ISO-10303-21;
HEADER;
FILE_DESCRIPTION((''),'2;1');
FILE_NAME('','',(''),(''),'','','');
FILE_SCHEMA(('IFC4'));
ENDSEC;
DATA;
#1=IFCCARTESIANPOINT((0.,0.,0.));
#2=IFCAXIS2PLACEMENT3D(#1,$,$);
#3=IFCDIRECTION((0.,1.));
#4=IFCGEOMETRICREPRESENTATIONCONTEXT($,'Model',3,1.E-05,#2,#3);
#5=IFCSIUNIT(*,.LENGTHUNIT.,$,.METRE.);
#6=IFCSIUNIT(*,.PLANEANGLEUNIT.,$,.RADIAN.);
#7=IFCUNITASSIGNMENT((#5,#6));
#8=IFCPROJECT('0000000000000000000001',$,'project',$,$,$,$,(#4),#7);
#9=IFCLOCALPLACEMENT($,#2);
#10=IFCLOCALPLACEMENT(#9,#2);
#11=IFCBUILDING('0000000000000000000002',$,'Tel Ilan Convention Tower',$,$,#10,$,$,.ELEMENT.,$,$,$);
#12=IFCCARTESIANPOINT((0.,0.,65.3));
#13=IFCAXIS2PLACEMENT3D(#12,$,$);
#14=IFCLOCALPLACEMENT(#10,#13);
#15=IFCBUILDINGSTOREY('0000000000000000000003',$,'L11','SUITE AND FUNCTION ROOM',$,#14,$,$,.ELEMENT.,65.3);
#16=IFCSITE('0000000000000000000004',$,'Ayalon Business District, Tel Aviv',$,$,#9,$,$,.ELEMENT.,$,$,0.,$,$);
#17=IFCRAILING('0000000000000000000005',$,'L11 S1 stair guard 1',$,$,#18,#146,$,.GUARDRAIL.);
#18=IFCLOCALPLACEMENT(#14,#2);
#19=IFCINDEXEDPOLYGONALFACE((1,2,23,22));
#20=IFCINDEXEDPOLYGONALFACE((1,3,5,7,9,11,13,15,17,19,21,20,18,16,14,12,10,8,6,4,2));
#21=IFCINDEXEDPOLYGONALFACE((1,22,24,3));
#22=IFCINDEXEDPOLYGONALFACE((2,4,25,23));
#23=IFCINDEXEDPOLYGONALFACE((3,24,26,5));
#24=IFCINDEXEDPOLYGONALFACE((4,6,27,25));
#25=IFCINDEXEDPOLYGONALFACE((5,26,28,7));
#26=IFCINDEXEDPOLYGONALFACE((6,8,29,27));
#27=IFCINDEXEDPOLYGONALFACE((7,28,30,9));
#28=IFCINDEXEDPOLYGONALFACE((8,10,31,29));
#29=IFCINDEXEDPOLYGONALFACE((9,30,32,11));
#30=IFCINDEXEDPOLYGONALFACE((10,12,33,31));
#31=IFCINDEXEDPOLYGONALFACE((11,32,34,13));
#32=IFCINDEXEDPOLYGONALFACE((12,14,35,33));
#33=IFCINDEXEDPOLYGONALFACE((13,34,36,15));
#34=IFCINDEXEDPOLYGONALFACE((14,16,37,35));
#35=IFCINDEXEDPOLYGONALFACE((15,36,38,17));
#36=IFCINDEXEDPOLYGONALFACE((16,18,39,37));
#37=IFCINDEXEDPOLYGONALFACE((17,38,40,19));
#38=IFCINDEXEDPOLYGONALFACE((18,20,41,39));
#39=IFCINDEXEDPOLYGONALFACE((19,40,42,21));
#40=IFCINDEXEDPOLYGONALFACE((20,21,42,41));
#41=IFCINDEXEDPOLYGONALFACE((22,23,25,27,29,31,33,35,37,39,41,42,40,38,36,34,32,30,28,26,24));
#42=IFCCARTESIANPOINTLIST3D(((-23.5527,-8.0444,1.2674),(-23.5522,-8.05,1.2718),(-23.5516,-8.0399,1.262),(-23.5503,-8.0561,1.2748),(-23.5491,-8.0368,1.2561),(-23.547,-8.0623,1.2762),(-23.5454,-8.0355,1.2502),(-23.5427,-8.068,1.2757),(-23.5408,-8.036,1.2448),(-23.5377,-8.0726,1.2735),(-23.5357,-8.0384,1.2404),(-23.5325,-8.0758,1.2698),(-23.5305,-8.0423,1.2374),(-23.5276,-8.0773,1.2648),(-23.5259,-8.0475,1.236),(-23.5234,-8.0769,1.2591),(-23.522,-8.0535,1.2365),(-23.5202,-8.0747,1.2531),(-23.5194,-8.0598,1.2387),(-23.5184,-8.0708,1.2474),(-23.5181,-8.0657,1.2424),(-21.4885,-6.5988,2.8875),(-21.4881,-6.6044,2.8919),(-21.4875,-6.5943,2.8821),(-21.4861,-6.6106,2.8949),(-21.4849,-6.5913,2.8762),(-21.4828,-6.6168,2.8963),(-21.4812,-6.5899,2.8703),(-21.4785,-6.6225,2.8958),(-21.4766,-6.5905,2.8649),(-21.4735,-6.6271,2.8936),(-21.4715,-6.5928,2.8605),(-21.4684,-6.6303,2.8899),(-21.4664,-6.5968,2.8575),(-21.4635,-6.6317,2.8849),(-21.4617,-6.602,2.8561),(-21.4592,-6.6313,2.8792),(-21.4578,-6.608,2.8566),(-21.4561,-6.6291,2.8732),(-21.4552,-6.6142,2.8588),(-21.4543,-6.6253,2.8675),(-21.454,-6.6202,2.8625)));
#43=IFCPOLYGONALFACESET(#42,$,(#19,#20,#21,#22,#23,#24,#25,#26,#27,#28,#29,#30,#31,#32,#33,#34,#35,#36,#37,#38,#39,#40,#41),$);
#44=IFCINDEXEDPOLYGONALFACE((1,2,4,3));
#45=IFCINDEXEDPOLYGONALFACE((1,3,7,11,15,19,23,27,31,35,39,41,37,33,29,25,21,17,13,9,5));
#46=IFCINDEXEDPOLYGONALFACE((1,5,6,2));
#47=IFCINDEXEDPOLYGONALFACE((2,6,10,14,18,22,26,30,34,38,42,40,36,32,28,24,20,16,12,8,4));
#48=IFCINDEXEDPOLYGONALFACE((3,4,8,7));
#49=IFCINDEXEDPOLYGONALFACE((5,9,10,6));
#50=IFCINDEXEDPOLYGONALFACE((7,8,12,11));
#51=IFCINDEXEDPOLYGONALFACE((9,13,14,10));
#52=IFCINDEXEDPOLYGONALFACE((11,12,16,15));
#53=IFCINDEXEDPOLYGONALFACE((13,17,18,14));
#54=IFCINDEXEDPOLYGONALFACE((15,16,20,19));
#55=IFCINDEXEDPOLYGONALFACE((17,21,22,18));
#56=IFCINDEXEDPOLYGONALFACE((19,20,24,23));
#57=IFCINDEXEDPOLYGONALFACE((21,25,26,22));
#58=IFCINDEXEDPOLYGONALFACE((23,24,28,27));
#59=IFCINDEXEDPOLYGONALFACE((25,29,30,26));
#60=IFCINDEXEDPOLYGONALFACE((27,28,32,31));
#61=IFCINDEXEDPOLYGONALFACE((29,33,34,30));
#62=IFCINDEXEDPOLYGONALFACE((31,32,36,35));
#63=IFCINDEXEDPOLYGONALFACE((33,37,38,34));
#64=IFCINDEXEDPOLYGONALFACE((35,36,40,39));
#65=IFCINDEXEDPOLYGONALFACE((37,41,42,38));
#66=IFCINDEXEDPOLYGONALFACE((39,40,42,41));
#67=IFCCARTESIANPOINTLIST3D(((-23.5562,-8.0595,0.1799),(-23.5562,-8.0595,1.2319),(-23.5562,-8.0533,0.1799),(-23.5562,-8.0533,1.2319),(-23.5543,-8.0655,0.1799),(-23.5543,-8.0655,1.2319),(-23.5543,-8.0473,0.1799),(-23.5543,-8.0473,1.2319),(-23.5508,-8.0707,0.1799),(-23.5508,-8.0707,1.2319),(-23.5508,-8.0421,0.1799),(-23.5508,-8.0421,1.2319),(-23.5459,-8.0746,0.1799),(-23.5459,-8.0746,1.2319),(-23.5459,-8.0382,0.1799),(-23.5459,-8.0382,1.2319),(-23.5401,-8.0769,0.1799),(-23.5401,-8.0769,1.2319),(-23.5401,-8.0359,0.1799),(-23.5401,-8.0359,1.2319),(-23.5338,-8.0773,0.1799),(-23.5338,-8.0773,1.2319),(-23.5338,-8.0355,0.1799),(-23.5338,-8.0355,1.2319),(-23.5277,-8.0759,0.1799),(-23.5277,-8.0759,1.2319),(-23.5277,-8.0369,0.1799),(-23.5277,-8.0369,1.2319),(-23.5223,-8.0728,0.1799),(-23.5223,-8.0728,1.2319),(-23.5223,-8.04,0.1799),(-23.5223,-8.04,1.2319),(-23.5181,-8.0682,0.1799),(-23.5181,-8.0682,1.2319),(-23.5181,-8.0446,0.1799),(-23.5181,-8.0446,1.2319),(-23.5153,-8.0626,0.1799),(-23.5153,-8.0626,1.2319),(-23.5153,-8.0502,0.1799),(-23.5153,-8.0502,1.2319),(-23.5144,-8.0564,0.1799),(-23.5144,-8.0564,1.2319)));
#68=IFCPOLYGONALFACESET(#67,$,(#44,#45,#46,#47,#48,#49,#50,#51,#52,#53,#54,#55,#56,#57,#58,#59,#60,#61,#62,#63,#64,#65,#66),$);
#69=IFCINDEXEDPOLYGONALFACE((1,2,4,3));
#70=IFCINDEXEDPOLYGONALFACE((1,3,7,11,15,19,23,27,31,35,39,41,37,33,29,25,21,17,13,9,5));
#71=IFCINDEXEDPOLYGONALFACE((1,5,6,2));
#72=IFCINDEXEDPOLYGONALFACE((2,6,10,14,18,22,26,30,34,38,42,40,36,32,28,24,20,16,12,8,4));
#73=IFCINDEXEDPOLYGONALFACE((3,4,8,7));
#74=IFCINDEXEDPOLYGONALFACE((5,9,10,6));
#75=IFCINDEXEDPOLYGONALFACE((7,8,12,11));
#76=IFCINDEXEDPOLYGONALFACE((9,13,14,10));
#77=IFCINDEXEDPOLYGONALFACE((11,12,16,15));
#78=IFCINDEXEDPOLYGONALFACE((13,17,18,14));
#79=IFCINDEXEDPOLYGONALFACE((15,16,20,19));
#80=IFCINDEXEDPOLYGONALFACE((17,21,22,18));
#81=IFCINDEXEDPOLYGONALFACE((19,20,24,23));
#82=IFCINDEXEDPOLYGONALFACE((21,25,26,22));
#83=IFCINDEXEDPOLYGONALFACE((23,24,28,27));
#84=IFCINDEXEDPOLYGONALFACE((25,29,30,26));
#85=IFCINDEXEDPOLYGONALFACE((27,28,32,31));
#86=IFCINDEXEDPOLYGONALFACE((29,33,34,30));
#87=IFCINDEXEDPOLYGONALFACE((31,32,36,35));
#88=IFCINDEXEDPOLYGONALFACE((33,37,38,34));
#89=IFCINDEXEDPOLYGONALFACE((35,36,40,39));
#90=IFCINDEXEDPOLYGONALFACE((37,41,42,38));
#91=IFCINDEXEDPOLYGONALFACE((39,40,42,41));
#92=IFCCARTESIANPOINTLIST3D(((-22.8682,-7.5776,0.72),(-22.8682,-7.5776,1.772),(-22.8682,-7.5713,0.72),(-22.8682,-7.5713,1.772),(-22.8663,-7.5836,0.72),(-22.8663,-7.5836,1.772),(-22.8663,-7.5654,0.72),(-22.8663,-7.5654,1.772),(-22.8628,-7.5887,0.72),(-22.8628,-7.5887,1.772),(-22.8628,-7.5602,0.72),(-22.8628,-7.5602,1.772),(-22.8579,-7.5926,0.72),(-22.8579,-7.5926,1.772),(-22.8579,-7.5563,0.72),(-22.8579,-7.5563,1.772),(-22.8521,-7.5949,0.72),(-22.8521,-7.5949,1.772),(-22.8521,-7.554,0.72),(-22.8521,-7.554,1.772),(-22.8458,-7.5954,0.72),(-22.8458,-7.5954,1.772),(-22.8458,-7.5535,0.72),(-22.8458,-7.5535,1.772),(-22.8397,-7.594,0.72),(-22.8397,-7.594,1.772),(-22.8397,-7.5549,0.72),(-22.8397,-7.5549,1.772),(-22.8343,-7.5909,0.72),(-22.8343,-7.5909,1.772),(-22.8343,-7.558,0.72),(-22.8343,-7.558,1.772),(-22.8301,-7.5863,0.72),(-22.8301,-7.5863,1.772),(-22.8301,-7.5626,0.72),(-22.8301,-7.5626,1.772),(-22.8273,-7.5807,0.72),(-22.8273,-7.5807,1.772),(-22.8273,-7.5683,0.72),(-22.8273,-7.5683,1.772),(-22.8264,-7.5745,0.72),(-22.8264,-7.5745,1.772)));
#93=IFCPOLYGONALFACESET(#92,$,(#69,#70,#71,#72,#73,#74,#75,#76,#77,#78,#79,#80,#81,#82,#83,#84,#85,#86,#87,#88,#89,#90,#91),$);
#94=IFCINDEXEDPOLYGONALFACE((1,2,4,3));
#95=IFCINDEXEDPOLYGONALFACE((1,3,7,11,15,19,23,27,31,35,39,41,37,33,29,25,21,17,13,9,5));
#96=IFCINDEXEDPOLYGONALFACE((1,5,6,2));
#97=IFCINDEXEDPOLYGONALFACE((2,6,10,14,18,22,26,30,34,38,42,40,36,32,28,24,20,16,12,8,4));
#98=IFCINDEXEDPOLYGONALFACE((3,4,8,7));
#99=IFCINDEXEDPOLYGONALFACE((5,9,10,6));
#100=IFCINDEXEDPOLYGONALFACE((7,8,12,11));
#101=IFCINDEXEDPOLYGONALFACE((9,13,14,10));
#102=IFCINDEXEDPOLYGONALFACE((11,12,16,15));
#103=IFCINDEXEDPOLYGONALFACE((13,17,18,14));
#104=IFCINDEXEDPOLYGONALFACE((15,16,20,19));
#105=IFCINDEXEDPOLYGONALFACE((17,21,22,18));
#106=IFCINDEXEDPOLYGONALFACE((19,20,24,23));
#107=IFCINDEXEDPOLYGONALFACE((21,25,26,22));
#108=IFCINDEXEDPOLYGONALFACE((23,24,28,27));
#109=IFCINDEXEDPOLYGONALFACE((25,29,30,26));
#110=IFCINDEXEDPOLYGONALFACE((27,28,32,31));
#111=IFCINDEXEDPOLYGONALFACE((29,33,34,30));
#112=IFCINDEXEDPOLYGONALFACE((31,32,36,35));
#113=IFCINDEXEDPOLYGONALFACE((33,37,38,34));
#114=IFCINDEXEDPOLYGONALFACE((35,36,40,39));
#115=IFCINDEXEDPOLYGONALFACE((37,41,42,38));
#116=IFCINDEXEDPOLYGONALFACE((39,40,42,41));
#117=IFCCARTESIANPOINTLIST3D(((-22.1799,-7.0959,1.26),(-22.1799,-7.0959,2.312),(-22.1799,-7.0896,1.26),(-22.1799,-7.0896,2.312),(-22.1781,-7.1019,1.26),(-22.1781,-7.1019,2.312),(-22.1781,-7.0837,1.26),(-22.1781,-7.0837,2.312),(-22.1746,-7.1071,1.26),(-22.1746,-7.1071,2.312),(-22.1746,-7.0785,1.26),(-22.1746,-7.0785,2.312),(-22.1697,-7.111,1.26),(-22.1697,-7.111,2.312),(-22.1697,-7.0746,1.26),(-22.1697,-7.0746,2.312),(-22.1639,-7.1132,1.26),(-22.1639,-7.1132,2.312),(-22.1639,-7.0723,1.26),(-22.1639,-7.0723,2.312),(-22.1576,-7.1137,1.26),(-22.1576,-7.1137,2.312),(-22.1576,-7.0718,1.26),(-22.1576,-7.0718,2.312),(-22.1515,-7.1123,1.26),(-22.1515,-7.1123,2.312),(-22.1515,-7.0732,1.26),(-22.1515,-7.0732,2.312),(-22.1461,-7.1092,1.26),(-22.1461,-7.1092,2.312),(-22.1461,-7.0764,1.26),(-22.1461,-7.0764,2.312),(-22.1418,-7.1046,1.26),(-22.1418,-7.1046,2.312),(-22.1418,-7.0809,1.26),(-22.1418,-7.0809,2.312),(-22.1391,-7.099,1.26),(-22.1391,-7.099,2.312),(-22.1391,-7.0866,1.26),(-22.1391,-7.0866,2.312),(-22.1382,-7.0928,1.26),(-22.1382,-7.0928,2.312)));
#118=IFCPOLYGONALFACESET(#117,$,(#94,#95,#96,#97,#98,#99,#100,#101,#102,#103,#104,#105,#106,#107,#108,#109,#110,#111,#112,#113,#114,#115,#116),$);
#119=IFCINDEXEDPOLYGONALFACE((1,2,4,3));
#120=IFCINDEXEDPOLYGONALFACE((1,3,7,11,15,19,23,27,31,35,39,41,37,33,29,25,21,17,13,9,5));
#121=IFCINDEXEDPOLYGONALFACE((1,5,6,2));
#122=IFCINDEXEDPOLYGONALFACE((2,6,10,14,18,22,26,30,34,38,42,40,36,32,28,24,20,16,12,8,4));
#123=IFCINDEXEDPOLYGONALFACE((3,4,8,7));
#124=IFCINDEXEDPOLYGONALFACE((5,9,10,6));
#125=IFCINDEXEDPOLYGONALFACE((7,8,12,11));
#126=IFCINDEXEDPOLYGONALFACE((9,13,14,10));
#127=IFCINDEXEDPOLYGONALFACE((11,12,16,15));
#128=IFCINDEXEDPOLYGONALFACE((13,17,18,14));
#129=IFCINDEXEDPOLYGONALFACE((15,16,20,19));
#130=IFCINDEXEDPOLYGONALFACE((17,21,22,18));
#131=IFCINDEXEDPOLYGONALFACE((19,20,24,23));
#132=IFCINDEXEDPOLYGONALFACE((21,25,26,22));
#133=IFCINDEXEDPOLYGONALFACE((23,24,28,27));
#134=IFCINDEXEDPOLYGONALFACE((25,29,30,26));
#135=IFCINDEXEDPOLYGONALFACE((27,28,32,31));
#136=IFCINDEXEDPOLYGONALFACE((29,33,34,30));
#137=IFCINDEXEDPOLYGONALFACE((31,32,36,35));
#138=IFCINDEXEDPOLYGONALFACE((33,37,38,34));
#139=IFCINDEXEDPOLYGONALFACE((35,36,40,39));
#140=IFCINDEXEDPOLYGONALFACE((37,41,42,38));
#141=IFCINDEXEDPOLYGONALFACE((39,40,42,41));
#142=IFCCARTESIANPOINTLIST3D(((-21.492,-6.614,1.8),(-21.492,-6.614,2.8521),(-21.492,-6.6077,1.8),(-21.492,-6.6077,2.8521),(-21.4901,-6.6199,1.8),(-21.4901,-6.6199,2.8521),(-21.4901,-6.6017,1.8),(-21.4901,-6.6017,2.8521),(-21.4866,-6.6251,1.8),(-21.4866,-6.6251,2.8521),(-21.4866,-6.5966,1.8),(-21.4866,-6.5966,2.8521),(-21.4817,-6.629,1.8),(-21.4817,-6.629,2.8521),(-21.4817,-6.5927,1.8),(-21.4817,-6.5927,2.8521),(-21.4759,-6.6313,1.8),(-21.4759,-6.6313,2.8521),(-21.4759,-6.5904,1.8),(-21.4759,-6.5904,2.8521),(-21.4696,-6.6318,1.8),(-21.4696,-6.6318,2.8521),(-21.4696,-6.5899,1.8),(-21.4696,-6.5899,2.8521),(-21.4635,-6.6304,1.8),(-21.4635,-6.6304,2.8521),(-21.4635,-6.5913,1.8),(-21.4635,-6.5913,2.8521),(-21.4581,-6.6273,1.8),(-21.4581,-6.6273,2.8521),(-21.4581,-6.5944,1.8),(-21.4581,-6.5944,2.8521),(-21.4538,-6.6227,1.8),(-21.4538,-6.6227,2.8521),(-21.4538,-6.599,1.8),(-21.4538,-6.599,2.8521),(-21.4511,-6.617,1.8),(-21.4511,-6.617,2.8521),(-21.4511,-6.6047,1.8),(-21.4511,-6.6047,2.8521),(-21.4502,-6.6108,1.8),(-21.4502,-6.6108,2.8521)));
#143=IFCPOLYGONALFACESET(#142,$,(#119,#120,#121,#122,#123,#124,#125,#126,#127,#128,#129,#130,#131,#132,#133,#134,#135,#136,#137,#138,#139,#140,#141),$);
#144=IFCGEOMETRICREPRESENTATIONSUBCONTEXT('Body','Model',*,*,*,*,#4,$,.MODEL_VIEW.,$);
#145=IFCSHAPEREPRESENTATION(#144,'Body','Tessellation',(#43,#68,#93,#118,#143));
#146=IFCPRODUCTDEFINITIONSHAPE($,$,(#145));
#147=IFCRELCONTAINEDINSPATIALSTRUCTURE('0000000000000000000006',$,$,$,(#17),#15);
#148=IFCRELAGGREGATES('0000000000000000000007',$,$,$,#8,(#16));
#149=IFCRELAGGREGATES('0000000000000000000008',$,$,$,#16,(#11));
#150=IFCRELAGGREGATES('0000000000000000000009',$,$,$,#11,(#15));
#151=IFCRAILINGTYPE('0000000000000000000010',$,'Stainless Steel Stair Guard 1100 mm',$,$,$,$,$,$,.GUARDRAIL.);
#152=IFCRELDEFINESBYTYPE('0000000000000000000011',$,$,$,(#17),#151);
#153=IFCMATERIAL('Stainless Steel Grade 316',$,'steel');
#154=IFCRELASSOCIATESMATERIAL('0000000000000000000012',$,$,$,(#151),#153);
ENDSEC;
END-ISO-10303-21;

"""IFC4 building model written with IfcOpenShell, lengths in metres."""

from ifc_helpers import new_model, si_unit, direction, frame, origin, origin_2d, place, context, subcontext, project, spatial, circle, extrude, material, type_object, element, save


model = new_model("IFC4")

# Units and contexts
model_context = context("Model", 3, precision=1e-05, world=origin(), true_north=direction((0.0, 1.0)))
body_context = subcontext(model_context, "Body", "Model", "MODEL_VIEW")
ifc_project = project(units=[si_unit("LENGTHUNIT", "METRE"), si_unit("PLANEANGLEUNIT", "RADIAN")], contexts=[model_context])

# Site, building, storey
site_placement = place(None, origin())
site = spatial("IfcSite", under=ifc_project, at=site_placement, Name="Ayalon Business District, Tel Aviv", CompositionType="ELEMENT", RefElevation=0.0)
building_placement = place(site_placement, origin())
building = spatial("IfcBuilding", under=site, at=building_placement, Name="Tel Ilan Convention Tower", CompositionType="ELEMENT")
storey_placement = place(building_placement, frame((0.0, 0.0, 65.3)))
storey = spatial("IfcBuildingStorey", under=building, at=storey_placement, Name="L11", Description="SUITE AND FUNCTION ROOM", CompositionType="ELEMENT", Elevation=65.3)

# Railing
ifc_material_1 = material(Name="Stainless Steel Grade 316", Category="steel")
railing_type = type_object("IfcRailingType", Name="Stainless Steel Stair Guard 1100 mm", PredefinedType="GUARDRAIL", material=ifc_material_1)
railing_1_placement = place(storey_placement, frame((-23.5354, -8.0564, 0.1799)))
element("IfcRailing", 1, at=railing_1_placement, inside=storey, type_object=railing_type, Name="L11 S1 stair guard 1", PredefinedType="GUARDRAIL", context=body_context, shape_type="SweptSolid", body=[
    extrude(circle(Radius=0.0239, at=origin_2d()), frame((0.0, 0.0, 1.0762), z_axis=(0.689013, 0.482513, 0.540779), x_axis=(-0.573625, 0.819118, 0.0)), (0.0, 0.0, 1.0), 2.9958),
    extrude(circle(Radius=0.021, at=origin_2d()), origin(), (0.0, 0.0, 1.0), 1.052),
    extrude(circle(Radius=0.021, at=origin_2d()), frame((0.688, 0.4819, 0.54)), (0.0, 0.0, 1.0), 1.052),
    extrude(circle(Radius=0.021, at=origin_2d()), frame((1.3762, 0.9636, 1.0801)), (0.0, 0.0, 1.0), 1.052),
    extrude(circle(Radius=0.021, at=origin_2d()), frame((2.0642, 1.4456, 1.6201)), (0.0, 0.0, 1.0), 1.052),
])

save(model, "model.ifc")
